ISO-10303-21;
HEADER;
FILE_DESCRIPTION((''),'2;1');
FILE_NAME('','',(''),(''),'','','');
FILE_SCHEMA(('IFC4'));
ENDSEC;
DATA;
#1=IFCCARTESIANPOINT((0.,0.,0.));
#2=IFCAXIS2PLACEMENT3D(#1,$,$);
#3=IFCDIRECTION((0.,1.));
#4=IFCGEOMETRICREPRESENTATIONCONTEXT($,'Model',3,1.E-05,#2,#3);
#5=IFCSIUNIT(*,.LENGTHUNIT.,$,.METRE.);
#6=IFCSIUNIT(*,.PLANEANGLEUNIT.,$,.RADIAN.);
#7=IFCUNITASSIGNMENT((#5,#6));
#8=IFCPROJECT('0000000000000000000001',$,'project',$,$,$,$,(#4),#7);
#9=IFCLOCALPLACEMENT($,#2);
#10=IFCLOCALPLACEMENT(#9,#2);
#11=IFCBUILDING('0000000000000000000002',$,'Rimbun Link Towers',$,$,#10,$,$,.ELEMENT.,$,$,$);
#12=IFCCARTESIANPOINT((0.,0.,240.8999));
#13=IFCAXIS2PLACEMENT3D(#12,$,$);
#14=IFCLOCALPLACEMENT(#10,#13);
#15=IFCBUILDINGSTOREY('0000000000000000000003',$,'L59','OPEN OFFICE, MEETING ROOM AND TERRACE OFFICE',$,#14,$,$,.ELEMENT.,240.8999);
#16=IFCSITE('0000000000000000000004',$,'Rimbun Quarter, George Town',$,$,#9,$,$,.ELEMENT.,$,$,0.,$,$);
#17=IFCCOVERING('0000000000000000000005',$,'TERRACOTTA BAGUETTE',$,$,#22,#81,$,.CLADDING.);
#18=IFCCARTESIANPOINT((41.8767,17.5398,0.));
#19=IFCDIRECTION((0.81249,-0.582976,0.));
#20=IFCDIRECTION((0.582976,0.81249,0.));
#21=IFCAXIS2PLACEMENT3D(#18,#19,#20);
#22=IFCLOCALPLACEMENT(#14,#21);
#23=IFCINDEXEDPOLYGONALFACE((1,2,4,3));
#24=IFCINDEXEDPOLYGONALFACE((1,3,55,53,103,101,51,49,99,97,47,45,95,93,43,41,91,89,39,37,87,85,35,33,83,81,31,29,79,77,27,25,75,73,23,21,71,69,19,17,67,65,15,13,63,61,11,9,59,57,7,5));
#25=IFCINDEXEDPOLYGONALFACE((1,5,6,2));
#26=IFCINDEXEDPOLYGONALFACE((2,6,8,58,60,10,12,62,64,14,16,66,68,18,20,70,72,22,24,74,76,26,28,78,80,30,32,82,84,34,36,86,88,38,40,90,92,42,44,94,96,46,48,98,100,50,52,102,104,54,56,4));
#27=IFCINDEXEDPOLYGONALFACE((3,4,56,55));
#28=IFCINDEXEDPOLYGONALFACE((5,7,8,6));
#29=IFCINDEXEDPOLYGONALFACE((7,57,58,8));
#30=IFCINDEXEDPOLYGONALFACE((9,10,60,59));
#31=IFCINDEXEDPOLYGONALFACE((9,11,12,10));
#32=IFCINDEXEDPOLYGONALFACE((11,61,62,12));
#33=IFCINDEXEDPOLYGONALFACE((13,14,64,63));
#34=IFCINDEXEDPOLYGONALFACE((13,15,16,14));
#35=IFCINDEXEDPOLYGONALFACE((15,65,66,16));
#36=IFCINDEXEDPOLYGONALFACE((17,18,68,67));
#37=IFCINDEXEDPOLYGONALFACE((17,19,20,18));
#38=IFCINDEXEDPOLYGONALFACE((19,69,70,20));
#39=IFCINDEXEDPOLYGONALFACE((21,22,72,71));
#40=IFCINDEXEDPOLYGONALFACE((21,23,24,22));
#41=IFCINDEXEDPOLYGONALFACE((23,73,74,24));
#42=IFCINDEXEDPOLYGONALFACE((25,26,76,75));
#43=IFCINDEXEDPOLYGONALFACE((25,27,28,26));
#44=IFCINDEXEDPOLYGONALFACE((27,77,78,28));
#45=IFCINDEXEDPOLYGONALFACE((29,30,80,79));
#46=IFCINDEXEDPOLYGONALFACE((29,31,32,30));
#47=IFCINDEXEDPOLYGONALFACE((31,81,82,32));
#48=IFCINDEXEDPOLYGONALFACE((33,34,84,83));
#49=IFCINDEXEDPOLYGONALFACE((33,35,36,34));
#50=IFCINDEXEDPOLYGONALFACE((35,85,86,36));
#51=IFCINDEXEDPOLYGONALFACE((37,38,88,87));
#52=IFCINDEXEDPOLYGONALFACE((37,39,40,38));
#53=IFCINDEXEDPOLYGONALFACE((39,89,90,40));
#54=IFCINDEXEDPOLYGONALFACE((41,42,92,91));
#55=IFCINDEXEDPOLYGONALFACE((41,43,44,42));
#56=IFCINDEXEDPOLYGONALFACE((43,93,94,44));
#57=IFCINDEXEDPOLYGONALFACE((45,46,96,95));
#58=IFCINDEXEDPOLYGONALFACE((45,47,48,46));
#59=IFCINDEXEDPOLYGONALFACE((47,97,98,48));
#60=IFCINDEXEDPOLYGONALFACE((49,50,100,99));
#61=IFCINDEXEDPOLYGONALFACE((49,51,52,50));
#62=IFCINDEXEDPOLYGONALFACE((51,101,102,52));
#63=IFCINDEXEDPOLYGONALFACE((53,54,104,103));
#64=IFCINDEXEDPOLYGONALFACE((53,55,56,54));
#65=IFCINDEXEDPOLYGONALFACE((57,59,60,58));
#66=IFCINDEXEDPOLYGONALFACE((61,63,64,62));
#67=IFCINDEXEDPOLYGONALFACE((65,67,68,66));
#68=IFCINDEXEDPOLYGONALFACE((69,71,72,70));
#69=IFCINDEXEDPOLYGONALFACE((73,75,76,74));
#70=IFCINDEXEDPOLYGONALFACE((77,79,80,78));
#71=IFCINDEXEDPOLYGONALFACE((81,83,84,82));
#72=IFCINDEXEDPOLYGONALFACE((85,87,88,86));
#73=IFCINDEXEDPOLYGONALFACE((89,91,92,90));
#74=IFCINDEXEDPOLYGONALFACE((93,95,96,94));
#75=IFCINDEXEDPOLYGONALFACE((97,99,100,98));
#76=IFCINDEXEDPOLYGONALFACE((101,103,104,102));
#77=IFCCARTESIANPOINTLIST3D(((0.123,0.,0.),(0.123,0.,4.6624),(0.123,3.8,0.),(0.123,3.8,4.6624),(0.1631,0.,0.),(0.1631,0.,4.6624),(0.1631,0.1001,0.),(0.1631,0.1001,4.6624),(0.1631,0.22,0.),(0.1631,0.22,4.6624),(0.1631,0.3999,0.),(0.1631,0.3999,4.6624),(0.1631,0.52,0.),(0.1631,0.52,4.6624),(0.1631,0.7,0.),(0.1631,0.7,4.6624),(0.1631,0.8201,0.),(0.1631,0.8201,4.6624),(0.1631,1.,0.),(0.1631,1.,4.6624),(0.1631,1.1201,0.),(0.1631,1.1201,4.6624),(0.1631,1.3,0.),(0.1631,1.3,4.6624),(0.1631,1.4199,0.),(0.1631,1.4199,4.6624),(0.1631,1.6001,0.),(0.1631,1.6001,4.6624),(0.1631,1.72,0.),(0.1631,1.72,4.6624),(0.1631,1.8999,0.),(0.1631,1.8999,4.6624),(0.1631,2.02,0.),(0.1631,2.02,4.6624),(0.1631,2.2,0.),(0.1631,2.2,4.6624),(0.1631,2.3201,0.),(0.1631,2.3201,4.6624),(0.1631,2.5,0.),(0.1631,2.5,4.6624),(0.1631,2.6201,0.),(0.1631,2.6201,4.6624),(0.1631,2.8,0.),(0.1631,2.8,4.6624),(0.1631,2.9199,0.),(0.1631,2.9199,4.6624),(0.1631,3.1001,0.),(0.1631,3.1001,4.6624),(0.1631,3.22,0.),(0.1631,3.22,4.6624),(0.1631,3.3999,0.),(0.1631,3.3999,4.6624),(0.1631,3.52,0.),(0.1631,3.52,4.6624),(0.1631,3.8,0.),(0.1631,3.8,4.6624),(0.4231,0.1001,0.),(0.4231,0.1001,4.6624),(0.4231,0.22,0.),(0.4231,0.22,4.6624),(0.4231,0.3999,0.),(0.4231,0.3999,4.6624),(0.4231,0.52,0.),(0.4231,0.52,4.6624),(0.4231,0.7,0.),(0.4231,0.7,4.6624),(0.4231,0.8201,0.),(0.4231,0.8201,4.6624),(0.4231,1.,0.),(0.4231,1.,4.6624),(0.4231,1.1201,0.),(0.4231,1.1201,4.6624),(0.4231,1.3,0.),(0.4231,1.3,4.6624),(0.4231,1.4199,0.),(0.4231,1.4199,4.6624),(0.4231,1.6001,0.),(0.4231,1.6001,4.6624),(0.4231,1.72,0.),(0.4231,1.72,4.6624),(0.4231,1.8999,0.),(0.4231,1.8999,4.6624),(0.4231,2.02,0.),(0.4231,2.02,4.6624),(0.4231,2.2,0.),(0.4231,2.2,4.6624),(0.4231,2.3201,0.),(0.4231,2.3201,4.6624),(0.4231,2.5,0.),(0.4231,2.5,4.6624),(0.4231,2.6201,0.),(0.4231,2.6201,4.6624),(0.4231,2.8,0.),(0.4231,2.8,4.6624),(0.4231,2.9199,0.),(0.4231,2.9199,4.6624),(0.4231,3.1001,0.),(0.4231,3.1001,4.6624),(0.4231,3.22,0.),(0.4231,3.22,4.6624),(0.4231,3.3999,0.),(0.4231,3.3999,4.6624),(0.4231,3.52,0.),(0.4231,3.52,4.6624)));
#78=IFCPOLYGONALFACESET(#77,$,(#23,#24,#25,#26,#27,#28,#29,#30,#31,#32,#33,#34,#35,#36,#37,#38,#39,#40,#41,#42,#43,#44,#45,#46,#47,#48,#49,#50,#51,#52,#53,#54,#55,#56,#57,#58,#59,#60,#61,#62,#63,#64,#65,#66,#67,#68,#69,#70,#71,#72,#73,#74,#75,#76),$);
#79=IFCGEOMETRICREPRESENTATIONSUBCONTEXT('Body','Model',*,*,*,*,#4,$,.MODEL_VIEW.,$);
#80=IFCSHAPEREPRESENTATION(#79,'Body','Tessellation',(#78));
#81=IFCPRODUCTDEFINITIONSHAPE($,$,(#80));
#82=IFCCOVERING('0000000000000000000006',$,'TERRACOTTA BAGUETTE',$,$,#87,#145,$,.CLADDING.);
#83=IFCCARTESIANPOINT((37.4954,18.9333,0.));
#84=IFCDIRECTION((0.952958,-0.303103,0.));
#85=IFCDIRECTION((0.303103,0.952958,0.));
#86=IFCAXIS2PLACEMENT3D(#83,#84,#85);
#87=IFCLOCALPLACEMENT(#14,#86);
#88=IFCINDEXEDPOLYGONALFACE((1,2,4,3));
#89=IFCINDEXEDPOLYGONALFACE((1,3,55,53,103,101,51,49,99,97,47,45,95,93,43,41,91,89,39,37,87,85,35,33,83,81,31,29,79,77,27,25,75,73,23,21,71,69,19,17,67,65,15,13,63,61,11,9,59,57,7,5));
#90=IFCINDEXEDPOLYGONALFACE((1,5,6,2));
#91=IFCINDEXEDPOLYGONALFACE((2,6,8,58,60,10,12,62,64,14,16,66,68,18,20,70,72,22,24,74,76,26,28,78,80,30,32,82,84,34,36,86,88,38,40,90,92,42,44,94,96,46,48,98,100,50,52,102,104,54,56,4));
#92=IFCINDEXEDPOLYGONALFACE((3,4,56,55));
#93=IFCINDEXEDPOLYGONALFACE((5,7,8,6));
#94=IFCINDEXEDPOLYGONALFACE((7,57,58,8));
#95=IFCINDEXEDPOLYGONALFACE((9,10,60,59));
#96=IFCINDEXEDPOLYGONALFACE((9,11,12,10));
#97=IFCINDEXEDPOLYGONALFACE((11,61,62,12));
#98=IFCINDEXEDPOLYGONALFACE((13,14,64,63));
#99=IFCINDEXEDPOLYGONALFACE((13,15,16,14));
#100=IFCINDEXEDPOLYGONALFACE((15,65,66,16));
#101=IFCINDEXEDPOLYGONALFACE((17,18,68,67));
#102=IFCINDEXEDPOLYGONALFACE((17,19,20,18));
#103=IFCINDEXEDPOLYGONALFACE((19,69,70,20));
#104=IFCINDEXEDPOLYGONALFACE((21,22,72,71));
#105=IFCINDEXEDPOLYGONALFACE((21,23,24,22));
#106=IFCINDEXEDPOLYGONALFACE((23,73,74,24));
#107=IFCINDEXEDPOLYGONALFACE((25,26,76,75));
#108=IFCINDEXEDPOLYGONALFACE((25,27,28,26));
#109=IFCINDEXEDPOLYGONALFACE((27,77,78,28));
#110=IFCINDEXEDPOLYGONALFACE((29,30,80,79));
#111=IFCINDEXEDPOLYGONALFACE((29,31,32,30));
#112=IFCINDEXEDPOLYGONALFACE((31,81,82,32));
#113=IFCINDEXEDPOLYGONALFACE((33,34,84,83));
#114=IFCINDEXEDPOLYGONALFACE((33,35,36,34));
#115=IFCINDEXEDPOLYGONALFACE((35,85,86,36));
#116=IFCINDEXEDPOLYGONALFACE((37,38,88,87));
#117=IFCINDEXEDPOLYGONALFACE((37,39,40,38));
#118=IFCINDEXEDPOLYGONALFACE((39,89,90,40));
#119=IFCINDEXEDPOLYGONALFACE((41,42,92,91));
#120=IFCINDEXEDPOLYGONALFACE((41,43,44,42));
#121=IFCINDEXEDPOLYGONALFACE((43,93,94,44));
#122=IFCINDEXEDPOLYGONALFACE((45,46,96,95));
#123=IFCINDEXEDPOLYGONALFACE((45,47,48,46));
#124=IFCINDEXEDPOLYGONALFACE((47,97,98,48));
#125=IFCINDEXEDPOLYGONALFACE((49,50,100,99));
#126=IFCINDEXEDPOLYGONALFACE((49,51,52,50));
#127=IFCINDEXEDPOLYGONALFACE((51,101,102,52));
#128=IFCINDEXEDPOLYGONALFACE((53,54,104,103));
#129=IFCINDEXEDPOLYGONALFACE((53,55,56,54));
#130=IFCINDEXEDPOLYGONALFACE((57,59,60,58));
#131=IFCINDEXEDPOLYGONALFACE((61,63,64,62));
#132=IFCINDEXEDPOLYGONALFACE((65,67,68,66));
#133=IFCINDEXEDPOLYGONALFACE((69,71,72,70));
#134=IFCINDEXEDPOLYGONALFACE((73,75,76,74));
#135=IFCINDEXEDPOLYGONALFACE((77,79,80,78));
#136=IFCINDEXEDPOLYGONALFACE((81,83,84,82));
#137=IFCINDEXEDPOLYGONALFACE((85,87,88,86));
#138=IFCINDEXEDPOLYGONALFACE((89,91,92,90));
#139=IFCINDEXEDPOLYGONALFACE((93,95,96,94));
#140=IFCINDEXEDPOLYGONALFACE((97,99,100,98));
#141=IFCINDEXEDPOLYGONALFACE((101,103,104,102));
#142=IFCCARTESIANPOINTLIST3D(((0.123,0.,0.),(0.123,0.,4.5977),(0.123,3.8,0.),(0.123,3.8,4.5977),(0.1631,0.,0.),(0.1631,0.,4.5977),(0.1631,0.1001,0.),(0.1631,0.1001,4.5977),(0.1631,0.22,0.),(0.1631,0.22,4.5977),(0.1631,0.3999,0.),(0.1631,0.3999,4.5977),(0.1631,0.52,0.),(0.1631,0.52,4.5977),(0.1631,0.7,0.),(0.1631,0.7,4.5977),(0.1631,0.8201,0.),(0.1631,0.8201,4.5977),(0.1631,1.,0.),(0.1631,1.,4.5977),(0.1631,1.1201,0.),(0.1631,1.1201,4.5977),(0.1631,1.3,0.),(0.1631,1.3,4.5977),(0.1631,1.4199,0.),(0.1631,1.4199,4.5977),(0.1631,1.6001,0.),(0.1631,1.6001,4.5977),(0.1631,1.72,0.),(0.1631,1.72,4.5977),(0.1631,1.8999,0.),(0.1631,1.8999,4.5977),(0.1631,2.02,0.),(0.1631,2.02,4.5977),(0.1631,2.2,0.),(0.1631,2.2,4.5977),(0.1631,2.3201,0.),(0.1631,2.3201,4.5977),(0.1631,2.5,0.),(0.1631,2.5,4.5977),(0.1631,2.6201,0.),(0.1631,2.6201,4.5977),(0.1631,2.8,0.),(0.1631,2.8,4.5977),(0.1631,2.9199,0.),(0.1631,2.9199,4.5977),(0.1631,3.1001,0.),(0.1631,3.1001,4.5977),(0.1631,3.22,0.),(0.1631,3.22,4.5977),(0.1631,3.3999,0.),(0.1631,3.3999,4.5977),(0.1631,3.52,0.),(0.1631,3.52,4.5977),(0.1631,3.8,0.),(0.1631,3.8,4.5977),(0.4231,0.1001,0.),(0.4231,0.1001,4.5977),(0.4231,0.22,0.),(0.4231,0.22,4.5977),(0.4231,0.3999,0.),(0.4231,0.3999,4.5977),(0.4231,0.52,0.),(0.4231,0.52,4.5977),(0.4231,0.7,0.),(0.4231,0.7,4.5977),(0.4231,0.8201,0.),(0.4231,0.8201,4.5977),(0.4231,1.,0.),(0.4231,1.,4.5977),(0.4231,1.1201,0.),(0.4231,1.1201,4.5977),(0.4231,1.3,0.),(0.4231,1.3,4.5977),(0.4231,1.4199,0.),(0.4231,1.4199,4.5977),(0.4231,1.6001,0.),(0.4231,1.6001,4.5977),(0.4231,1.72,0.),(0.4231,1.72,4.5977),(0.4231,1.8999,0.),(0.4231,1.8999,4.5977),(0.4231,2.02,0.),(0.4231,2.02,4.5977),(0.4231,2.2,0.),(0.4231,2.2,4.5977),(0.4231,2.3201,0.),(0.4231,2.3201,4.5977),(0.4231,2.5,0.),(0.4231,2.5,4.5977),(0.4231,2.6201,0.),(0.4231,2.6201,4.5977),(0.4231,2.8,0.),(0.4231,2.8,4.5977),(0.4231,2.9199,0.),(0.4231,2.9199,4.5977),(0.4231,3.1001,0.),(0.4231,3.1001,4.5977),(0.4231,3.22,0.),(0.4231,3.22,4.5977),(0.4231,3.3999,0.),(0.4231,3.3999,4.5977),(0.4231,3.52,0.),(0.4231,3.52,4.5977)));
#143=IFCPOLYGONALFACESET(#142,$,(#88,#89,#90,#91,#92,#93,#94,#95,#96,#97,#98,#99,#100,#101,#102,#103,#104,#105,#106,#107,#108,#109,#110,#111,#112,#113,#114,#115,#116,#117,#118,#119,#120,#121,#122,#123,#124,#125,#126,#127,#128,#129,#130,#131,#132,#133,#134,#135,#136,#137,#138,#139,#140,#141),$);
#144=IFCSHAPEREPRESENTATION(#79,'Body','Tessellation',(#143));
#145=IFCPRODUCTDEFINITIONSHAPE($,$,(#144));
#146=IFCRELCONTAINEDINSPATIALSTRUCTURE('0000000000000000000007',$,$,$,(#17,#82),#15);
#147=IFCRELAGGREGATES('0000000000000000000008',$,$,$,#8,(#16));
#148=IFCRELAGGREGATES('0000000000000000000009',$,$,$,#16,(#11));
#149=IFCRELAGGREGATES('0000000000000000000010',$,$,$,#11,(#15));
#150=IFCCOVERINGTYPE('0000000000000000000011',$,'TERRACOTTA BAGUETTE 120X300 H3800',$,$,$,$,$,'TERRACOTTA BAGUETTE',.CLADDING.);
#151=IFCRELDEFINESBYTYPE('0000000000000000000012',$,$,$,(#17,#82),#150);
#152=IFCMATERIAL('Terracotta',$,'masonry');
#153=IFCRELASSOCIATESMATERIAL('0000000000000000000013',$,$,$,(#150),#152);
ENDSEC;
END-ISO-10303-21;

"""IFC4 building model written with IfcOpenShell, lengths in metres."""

from ifc_helpers import new_model, si_unit, direction, frame, origin, place, context, subcontext, project, spatial, polyline, outline, extrude, material, material_profile, profile_set, type_object, element, save


model = new_model("IFC4")

# Units and contexts
model_context = context("Model", 3, precision=1e-05, world=origin(), true_north=direction((0.0, 1.0)))
body_context = subcontext(model_context, "Body", "Model", "MODEL_VIEW")
ifc_project = project(units=[si_unit("LENGTHUNIT", "METRE"), si_unit("PLANEANGLEUNIT", "RADIAN")], contexts=[model_context])

# Site, building, storey
site_placement = place(None, origin())
site = spatial("IfcSite", under=ifc_project, at=site_placement, Name="Rimbun Quarter, George Town", CompositionType="ELEMENT", RefElevation=0.0)
building_placement = place(site_placement, origin())
building = spatial("IfcBuilding", under=site, at=building_placement, Name="Rimbun Link Towers", CompositionType="ELEMENT")
storey_placement = place(building_placement, frame((0.0, 0.0, 240.8999)))
storey = spatial("IfcBuildingStorey", under=building, at=storey_placement, Name="L59", Description="OPEN OFFICE, MEETING ROOM AND TERRACE OFFICE", CompositionType="ELEMENT", Elevation=240.8999)

# Coverings
ifc_material_1 = material(Name="Terracotta", Category="masonry")
ifc_material_profile_1 = material_profile(ifc_material_1, outline(polyline([(0.123, 0.0), (0.1631, 0.0), (0.1631, 0.1001), (0.4231, 0.1001), (0.4231, 0.22), (0.1631, 0.22), (0.1631, 0.3999), (0.4231, 0.3999), (0.4231, 0.52), (0.1631, 0.52), (0.1631, 0.7), (0.4231, 0.7), (0.4231, 0.8201), (0.1631, 0.8201), (0.1631, 1.0), (0.4231, 1.0), (0.4231, 1.1201), (0.1631, 1.1201), (0.1631, 1.3), (0.4231, 1.3), (0.4231, 1.4199), (0.1631, 1.4199), (0.1631, 1.6001), (0.4231, 1.6001), (0.4231, 1.72), (0.1631, 1.72), (0.1631, 1.8999), (0.4231, 1.8999), (0.4231, 2.02), (0.1631, 2.02), (0.1631, 2.2), (0.4231, 2.2), (0.4231, 2.3201), (0.1631, 2.3201), (0.1631, 2.5), (0.4231, 2.5), (0.4231, 2.6201), (0.1631, 2.6201), (0.1631, 2.8), (0.4231, 2.8), (0.4231, 2.9199), (0.1631, 2.9199), (0.1631, 3.1001), (0.4231, 3.1001), (0.4231, 3.22), (0.1631, 3.22), (0.1631, 3.3999), (0.4231, 3.3999), (0.4231, 3.52), (0.1631, 3.52), (0.1631, 3.8), (0.123, 3.8), (0.123, 0.0)])), Name="BAGUETTE 120X300")
ifc_profile_set_1 = profile_set([ifc_material_profile_1], Name="Terracotta")
covering_type = type_object("IfcCoveringType", Name="TERRACOTTA BAGUETTE 120X300 H3800", ElementType="TERRACOTTA BAGUETTE", PredefinedType="CLADDING", material=ifc_profile_set_1)
covering_1_placement = place(storey_placement, frame((41.8767, 17.5398, 0.0), z_axis=(0.81249, -0.582976, 0.0), x_axis=(0.582976, 0.81249, 0.0)))
element("IfcCovering", 1, at=covering_1_placement, inside=storey, type_object=covering_type, Name="TERRACOTTA BAGUETTE", PredefinedType="CLADDING", context=body_context, shape_type="SweptSolid", body=[
    extrude(outline(polyline([(0.123, 0.0), (0.1631, 0.0), (0.1631, 0.1001), (0.4231, 0.1001), (0.4231, 0.22), (0.1631, 0.22), (0.1631, 0.3999), (0.4231, 0.3999), (0.4231, 0.52), (0.1631, 0.52), (0.1631, 0.7), (0.4231, 0.7), (0.4231, 0.8201), (0.1631, 0.8201), (0.1631, 1.0), (0.4231, 1.0), (0.4231, 1.1201), (0.1631, 1.1201), (0.1631, 1.3), (0.4231, 1.3), (0.4231, 1.4199), (0.1631, 1.4199), (0.1631, 1.6001), (0.4231, 1.6001), (0.4231, 1.72), (0.1631, 1.72), (0.1631, 1.8999), (0.4231, 1.8999), (0.4231, 2.02), (0.1631, 2.02), (0.1631, 2.2), (0.4231, 2.2), (0.4231, 2.3201), (0.1631, 2.3201), (0.1631, 2.5), (0.4231, 2.5), (0.4231, 2.6201), (0.1631, 2.6201), (0.1631, 2.8), (0.4231, 2.8), (0.4231, 2.9199), (0.1631, 2.9199), (0.1631, 3.1001), (0.4231, 3.1001), (0.4231, 3.22), (0.1631, 3.22), (0.1631, 3.3999), (0.4231, 3.3999), (0.4231, 3.52), (0.1631, 3.52), (0.1631, 3.8), (0.123, 3.8), (0.123, 0.0)])), origin(), (0.0, 0.0, 1.0), 4.6624),
])
covering_2_placement = place(storey_placement, frame((37.4954, 18.9333, 0.0), z_axis=(0.952958, -0.303103, 0.0), x_axis=(0.303103, 0.952958, 0.0)))
element("IfcCovering", 2, at=covering_2_placement, inside=storey, type_object=covering_type, Name="TERRACOTTA BAGUETTE", PredefinedType="CLADDING", context=body_context, shape_type="SweptSolid", body=[
    extrude(outline(polyline([(0.123, 0.0), (0.1631, 0.0), (0.1631, 0.1001), (0.4231, 0.1001), (0.4231, 0.22), (0.1631, 0.22), (0.1631, 0.3999), (0.4231, 0.3999), (0.4231, 0.52), (0.1631, 0.52), (0.1631, 0.7), (0.4231, 0.7), (0.4231, 0.8201), (0.1631, 0.8201), (0.1631, 1.0), (0.4231, 1.0), (0.4231, 1.1201), (0.1631, 1.1201), (0.1631, 1.3), (0.4231, 1.3), (0.4231, 1.4199), (0.1631, 1.4199), (0.1631, 1.6001), (0.4231, 1.6001), (0.4231, 1.72), (0.1631, 1.72), (0.1631, 1.8999), (0.4231, 1.8999), (0.4231, 2.02), (0.1631, 2.02), (0.1631, 2.2), (0.4231, 2.2), (0.4231, 2.3201), (0.1631, 2.3201), (0.1631, 2.5), (0.4231, 2.5), (0.4231, 2.6201), (0.1631, 2.6201), (0.1631, 2.8), (0.4231, 2.8), (0.4231, 2.9199), (0.1631, 2.9199), (0.1631, 3.1001), (0.4231, 3.1001), (0.4231, 3.22), (0.1631, 3.22), (0.1631, 3.3999), (0.4231, 3.3999), (0.4231, 3.52), (0.1631, 3.52), (0.1631, 3.8), (0.123, 3.8), (0.123, 0.0)])), origin(), (0.0, 0.0, 1.0), 4.5977),
])

save(model, "model.ifc")
